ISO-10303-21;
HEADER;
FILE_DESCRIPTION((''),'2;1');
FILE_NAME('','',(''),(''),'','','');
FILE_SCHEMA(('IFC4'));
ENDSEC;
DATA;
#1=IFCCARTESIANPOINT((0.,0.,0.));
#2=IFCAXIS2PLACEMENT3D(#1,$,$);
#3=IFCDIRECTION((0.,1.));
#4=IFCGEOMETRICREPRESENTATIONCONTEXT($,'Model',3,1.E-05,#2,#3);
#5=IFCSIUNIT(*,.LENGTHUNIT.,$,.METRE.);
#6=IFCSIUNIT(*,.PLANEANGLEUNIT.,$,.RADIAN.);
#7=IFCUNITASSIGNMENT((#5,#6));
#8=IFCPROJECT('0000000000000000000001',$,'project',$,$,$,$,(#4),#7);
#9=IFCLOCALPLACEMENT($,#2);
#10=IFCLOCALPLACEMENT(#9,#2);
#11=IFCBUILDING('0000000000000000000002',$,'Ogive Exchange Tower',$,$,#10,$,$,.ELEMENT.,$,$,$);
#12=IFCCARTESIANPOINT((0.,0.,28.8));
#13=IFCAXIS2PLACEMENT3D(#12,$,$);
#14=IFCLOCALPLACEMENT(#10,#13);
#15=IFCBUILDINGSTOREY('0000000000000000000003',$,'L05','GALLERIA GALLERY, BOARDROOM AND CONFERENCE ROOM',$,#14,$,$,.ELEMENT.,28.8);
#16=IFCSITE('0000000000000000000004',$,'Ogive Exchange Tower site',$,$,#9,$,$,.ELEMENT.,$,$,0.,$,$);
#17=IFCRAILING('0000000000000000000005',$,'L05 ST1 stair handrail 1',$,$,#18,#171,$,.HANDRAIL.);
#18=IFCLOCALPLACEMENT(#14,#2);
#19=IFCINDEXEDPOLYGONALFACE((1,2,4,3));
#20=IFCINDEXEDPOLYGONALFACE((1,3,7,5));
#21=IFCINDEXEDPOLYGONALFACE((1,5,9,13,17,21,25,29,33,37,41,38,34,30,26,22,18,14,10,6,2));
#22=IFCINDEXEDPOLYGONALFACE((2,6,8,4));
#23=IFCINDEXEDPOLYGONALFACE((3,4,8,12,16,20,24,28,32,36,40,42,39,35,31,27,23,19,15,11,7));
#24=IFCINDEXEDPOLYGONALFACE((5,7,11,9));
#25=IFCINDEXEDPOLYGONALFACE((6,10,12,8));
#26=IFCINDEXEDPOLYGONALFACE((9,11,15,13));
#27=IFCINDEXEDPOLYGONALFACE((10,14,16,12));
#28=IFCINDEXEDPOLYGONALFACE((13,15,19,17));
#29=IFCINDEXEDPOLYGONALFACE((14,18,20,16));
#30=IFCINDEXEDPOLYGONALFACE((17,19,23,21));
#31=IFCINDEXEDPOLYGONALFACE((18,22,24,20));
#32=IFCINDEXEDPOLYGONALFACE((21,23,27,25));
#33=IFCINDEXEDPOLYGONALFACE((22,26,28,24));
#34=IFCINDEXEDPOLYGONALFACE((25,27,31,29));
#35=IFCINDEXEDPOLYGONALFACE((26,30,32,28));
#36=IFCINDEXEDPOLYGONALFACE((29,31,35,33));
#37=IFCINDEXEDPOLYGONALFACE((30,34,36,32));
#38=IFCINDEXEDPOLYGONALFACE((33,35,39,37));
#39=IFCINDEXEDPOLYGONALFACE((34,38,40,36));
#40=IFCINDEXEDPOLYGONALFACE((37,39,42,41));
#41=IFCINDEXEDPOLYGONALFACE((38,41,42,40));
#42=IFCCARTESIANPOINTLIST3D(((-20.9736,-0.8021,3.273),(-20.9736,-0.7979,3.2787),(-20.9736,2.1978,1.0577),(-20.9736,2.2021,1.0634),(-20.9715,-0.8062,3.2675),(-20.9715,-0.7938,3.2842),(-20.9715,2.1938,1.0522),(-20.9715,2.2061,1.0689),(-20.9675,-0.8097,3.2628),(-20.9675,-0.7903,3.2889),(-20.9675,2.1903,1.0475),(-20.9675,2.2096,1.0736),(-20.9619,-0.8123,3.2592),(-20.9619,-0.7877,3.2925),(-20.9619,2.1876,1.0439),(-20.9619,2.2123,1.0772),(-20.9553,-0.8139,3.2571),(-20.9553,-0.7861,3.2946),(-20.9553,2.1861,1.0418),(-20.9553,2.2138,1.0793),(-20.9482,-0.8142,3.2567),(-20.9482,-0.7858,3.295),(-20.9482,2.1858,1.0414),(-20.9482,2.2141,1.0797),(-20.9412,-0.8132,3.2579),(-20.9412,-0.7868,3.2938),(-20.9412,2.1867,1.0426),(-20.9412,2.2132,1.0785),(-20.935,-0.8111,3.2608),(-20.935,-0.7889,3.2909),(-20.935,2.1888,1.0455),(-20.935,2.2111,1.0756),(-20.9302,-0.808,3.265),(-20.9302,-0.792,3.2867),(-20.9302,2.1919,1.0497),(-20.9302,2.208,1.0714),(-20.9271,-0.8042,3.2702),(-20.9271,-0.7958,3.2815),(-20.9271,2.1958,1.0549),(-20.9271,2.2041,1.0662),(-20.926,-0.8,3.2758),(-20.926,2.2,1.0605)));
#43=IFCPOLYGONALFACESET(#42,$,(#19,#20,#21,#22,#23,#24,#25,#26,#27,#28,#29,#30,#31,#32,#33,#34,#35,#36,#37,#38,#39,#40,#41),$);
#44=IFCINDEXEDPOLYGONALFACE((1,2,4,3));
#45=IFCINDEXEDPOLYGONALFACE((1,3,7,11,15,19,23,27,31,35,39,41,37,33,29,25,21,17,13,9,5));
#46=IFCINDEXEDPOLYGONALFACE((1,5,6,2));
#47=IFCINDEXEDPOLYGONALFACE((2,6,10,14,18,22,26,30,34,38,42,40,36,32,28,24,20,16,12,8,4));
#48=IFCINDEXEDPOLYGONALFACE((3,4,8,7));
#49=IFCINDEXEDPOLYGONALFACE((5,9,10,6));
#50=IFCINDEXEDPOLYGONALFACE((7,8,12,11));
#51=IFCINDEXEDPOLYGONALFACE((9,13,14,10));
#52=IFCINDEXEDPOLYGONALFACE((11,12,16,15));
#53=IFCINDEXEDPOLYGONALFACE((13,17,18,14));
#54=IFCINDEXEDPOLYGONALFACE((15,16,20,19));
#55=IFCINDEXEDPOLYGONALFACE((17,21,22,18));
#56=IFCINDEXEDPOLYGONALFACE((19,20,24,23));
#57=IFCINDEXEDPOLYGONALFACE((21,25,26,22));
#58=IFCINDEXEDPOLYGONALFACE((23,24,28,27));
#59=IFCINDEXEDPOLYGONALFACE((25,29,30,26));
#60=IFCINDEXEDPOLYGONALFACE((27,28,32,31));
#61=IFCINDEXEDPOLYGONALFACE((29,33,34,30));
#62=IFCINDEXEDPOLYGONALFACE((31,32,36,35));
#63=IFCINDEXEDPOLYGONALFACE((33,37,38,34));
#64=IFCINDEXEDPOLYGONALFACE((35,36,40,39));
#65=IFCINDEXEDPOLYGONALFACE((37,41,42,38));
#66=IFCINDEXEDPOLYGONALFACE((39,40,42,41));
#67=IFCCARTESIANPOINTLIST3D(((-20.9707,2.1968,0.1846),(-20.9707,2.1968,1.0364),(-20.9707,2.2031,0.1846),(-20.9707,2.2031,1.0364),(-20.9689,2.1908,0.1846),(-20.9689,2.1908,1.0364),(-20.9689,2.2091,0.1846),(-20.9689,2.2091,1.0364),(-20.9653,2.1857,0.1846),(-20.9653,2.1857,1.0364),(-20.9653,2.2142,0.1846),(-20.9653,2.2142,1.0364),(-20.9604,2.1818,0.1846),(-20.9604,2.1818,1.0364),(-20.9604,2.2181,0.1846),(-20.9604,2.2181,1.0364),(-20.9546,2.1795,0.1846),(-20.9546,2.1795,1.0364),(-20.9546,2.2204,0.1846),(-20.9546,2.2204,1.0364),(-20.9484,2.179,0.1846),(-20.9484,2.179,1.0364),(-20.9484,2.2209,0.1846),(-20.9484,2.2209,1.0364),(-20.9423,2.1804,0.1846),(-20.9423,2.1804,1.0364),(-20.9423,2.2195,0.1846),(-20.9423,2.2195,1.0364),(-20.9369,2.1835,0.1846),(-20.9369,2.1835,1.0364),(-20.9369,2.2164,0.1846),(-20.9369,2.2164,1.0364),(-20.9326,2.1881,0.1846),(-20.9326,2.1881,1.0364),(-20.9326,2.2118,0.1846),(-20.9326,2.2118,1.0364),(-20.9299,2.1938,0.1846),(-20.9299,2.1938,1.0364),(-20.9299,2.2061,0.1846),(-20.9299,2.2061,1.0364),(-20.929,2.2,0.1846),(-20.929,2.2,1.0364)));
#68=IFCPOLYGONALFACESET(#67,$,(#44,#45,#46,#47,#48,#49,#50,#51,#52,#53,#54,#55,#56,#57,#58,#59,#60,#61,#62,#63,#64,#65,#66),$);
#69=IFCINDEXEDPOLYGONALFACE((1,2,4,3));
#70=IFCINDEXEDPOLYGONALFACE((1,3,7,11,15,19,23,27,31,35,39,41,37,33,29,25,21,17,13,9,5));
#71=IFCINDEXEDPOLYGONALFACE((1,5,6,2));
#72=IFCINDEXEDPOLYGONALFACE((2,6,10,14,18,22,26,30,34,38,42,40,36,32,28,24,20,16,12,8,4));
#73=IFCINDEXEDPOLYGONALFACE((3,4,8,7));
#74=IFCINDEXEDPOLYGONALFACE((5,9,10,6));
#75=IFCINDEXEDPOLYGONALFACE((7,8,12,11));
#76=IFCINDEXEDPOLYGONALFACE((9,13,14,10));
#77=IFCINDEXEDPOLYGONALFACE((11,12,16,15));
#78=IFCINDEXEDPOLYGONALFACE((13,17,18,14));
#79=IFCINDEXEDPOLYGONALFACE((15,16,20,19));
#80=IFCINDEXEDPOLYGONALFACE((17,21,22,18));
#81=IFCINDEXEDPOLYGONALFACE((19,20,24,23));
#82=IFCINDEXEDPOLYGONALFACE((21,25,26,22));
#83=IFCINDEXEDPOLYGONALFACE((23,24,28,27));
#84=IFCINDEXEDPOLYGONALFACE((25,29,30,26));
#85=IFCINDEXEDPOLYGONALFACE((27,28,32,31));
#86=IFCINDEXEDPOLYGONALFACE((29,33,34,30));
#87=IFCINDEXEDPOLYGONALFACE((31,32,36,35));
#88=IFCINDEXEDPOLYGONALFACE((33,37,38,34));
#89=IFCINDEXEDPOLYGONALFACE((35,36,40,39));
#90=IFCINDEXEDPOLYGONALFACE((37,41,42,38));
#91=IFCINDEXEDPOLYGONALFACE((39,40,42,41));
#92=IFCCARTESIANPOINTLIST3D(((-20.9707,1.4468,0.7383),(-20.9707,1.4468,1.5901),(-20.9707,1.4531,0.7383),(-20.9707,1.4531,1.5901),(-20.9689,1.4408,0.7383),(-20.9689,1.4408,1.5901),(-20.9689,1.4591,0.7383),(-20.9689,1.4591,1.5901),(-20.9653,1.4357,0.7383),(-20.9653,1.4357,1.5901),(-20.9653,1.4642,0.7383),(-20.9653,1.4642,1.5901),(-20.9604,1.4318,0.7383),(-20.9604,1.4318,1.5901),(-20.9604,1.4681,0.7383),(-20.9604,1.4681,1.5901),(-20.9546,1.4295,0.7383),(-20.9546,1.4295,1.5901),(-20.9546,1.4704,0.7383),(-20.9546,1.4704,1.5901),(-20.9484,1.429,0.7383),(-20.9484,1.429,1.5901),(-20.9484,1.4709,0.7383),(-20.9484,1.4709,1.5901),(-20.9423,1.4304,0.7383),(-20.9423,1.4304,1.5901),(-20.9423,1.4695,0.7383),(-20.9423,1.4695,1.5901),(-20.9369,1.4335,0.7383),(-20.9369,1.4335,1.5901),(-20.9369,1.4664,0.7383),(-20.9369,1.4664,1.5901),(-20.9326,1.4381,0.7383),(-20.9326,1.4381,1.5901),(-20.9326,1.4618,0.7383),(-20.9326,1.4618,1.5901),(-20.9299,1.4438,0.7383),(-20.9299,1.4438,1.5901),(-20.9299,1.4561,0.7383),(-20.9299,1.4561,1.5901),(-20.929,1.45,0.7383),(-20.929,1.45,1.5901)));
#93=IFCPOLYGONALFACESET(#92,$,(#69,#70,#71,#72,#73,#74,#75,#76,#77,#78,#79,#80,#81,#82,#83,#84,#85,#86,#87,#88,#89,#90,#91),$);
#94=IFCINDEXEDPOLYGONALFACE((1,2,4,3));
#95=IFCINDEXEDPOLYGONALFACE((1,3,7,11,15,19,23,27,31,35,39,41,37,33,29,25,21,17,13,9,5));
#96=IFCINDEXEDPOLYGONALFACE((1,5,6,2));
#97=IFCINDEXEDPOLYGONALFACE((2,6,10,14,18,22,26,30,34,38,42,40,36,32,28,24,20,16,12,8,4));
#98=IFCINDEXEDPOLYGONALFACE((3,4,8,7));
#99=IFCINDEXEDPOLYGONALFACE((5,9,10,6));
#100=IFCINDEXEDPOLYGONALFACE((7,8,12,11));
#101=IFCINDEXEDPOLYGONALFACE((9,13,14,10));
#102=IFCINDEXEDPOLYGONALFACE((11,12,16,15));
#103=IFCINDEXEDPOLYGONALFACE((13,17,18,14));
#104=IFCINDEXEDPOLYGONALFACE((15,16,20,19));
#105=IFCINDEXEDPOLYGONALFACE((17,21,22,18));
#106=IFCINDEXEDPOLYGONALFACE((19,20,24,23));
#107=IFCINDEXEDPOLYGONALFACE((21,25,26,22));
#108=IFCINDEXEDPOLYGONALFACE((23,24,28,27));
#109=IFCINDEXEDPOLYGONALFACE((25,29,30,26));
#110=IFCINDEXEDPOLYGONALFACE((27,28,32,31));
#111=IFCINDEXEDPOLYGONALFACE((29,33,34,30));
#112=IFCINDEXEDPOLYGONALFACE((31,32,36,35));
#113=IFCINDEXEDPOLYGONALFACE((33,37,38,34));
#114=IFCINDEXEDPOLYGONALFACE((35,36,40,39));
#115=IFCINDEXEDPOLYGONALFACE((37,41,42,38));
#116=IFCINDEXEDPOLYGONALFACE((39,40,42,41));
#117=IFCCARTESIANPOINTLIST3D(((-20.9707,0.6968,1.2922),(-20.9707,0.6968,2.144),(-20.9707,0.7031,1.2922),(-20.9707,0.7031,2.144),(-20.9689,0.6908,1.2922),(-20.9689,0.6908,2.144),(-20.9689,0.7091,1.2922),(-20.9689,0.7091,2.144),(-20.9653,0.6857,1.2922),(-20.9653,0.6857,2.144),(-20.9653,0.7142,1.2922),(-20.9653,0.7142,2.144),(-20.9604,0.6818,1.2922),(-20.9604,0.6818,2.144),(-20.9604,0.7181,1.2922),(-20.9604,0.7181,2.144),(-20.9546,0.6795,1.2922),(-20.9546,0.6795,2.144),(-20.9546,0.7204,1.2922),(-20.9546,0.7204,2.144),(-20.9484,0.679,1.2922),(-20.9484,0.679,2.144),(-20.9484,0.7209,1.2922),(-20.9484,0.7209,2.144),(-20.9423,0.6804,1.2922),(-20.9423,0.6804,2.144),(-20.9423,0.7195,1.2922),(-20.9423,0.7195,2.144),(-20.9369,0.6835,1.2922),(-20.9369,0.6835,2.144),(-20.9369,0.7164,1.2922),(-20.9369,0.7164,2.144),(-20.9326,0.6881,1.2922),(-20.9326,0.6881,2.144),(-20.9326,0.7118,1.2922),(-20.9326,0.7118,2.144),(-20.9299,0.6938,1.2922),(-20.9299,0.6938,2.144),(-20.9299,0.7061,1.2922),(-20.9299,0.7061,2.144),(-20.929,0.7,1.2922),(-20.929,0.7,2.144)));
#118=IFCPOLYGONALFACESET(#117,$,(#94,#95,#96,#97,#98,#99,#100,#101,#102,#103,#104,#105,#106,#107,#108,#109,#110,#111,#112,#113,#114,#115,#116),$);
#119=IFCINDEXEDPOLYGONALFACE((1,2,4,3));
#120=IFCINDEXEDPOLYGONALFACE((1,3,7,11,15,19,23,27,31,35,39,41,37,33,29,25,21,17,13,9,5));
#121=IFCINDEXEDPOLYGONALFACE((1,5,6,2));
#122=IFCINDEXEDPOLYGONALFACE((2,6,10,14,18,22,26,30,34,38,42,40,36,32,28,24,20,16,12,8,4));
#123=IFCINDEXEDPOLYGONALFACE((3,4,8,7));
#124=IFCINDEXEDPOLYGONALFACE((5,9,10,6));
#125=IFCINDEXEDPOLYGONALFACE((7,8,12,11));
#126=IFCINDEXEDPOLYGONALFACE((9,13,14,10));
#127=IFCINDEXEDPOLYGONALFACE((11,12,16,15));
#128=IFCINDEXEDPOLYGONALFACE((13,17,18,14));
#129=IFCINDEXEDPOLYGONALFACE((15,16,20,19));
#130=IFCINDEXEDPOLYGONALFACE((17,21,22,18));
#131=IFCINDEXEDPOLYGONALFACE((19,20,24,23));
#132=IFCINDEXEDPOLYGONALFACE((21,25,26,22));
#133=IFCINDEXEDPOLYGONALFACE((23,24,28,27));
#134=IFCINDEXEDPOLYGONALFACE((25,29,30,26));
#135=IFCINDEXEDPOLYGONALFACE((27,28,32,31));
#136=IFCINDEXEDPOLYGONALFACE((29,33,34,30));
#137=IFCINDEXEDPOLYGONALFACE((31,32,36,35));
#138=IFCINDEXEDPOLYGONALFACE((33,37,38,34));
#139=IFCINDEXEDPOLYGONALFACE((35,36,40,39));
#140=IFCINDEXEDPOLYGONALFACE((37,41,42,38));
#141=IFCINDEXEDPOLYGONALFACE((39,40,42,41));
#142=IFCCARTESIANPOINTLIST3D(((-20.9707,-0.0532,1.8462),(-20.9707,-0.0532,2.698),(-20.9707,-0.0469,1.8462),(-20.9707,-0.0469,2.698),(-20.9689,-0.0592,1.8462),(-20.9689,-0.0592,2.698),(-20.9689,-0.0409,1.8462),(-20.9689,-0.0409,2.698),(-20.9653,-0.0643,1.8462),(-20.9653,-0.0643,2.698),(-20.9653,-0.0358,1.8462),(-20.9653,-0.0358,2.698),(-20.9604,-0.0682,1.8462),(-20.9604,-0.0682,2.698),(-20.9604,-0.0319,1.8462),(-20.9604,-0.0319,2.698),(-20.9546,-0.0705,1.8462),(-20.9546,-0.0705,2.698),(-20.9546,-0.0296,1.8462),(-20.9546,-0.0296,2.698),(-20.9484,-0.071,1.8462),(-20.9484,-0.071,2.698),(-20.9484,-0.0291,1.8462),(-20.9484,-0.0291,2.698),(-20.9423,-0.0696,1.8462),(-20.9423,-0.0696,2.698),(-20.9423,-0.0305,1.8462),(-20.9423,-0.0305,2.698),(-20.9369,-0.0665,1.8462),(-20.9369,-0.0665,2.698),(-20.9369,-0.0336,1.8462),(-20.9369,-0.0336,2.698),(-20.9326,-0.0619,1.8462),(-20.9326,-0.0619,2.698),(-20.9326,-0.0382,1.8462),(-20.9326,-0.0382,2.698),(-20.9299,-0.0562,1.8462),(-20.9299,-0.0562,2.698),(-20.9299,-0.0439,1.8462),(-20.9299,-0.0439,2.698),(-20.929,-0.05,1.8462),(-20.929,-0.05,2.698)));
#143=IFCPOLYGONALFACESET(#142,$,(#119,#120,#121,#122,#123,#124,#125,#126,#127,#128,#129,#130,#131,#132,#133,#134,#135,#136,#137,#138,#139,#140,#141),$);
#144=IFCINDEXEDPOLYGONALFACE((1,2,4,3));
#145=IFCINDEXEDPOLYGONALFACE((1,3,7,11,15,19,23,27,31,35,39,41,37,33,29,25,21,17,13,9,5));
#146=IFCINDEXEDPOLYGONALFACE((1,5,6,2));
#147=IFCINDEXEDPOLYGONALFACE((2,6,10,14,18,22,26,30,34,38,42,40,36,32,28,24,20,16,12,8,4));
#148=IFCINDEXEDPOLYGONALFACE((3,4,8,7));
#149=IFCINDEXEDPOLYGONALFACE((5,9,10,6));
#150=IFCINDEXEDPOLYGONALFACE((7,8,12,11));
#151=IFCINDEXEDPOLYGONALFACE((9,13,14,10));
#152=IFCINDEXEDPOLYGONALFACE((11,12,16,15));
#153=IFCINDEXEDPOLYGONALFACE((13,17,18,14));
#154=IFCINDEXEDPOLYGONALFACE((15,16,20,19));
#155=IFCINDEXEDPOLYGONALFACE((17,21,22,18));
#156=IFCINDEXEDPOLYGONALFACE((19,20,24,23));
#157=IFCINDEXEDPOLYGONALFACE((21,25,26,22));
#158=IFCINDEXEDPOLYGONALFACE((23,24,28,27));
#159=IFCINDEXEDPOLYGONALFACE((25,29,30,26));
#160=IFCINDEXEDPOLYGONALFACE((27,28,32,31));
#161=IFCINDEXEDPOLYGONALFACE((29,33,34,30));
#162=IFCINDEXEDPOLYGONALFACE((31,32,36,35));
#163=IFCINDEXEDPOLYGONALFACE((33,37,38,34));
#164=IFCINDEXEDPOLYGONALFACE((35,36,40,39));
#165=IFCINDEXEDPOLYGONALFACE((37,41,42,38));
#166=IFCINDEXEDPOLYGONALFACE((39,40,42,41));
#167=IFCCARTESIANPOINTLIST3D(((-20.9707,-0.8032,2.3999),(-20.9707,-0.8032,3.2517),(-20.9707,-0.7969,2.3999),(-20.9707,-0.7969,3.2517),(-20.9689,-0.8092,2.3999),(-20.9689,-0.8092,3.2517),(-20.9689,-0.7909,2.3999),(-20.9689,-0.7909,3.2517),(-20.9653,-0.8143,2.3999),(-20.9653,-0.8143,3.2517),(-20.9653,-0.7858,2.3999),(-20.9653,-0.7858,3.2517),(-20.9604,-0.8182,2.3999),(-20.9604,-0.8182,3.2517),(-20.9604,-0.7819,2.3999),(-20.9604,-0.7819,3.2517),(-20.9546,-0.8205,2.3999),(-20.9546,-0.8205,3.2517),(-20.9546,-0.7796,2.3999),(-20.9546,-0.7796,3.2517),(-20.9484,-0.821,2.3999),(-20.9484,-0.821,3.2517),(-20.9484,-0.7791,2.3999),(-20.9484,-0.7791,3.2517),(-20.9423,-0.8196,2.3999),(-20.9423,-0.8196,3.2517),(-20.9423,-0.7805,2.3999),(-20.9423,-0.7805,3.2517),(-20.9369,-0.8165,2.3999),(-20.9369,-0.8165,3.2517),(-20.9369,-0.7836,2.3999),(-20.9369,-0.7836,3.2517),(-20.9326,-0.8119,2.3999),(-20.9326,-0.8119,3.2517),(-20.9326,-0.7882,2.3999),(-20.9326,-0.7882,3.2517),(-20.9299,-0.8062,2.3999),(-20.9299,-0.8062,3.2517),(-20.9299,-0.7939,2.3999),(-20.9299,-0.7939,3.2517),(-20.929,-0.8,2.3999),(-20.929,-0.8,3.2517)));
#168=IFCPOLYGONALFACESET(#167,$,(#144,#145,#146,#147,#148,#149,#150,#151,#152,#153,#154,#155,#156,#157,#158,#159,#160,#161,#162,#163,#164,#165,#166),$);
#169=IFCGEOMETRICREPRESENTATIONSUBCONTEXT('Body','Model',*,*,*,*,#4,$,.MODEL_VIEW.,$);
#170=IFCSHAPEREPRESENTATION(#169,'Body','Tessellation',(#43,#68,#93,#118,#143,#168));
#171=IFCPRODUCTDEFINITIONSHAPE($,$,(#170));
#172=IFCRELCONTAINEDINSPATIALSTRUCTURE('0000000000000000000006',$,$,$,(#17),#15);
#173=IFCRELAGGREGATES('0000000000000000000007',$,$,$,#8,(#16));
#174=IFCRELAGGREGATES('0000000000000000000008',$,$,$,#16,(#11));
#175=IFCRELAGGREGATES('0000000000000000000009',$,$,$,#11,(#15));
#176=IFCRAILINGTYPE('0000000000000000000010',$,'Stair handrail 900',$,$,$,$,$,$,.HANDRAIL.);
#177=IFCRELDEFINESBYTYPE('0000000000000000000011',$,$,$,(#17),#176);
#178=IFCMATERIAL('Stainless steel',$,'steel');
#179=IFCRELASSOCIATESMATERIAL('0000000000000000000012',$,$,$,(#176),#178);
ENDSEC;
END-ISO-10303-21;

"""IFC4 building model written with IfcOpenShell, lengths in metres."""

from ifc_helpers import new_model, si_unit, direction, frame, origin, origin_2d, place, context, subcontext, project, spatial, circle, extrude, material, type_object, element, save


model = new_model("IFC4")

# Units and contexts
model_context = context("Model", 3, precision=1e-05, world=origin(), true_north=direction((0.0, 1.0)))
body_context = subcontext(model_context, "Body", "Model", "MODEL_VIEW")
ifc_project = project(units=[si_unit("LENGTHUNIT", "METRE"), si_unit("PLANEANGLEUNIT", "RADIAN")], contexts=[model_context])

# Site, building, storey
site_placement = place(None, origin())
site = spatial("IfcSite", under=ifc_project, at=site_placement, Name="Ogive Exchange Tower site", CompositionType="ELEMENT", RefElevation=0.0)
building_placement = place(site_placement, origin())
building = spatial("IfcBuilding", under=site, at=building_placement, Name="Ogive Exchange Tower", CompositionType="ELEMENT")
storey_placement = place(building_placement, frame((0.0, 0.0, 28.8)))
storey = spatial("IfcBuildingStorey", under=building, at=storey_placement, Name="L05", Description="GALLERIA GALLERY, BOARDROOM AND CONFERENCE ROOM", CompositionType="ELEMENT", Elevation=28.8)

# Railing
ifc_material_1 = material(Name="Stainless steel", Category="steel")
railing_type = type_object("IfcRailingType", Name="Stair handrail 900", PredefinedType="HANDRAIL", material=ifc_material_1)
railing_placement = place(storey_placement, frame((-20.95, 2.2, 0.1846)))
element("IfcRailing", 1, at=railing_placement, inside=storey, type_object=railing_type, Name="L05 ST1 stair handrail 1", PredefinedType="HANDRAIL", context=body_context, shape_type="SweptSolid", body=[
    extrude(circle(Radius=0.0239, at=origin_2d()), frame((0.0, 0.0, 0.876), z_axis=(0.0, -0.80444, 0.594034), x_axis=(1.0, 0.0, 0.0)), (0.0, 0.0, 1.0), 3.7292),
    extrude(circle(Radius=0.021, at=origin_2d()), origin(), (0.0, 0.0, 1.0), 0.8518),
    extrude(circle(Radius=0.021, at=origin_2d()), frame((0.0, -0.75, 0.5537)), (0.0, 0.0, 1.0), 0.8518),
    extrude(circle(Radius=0.021, at=origin_2d()), frame((0.0, -1.5, 1.1077)), (0.0, 0.0, 1.0), 0.8518),
    extrude(circle(Radius=0.021, at=origin_2d()), frame((0.0, -2.25, 1.6616)), (0.0, 0.0, 1.0), 0.8518),
    extrude(circle(Radius=0.021, at=origin_2d()), frame((0.0, -3.0, 2.2153)), (0.0, 0.0, 1.0), 0.8518),
])

save(model, "model.ifc")
